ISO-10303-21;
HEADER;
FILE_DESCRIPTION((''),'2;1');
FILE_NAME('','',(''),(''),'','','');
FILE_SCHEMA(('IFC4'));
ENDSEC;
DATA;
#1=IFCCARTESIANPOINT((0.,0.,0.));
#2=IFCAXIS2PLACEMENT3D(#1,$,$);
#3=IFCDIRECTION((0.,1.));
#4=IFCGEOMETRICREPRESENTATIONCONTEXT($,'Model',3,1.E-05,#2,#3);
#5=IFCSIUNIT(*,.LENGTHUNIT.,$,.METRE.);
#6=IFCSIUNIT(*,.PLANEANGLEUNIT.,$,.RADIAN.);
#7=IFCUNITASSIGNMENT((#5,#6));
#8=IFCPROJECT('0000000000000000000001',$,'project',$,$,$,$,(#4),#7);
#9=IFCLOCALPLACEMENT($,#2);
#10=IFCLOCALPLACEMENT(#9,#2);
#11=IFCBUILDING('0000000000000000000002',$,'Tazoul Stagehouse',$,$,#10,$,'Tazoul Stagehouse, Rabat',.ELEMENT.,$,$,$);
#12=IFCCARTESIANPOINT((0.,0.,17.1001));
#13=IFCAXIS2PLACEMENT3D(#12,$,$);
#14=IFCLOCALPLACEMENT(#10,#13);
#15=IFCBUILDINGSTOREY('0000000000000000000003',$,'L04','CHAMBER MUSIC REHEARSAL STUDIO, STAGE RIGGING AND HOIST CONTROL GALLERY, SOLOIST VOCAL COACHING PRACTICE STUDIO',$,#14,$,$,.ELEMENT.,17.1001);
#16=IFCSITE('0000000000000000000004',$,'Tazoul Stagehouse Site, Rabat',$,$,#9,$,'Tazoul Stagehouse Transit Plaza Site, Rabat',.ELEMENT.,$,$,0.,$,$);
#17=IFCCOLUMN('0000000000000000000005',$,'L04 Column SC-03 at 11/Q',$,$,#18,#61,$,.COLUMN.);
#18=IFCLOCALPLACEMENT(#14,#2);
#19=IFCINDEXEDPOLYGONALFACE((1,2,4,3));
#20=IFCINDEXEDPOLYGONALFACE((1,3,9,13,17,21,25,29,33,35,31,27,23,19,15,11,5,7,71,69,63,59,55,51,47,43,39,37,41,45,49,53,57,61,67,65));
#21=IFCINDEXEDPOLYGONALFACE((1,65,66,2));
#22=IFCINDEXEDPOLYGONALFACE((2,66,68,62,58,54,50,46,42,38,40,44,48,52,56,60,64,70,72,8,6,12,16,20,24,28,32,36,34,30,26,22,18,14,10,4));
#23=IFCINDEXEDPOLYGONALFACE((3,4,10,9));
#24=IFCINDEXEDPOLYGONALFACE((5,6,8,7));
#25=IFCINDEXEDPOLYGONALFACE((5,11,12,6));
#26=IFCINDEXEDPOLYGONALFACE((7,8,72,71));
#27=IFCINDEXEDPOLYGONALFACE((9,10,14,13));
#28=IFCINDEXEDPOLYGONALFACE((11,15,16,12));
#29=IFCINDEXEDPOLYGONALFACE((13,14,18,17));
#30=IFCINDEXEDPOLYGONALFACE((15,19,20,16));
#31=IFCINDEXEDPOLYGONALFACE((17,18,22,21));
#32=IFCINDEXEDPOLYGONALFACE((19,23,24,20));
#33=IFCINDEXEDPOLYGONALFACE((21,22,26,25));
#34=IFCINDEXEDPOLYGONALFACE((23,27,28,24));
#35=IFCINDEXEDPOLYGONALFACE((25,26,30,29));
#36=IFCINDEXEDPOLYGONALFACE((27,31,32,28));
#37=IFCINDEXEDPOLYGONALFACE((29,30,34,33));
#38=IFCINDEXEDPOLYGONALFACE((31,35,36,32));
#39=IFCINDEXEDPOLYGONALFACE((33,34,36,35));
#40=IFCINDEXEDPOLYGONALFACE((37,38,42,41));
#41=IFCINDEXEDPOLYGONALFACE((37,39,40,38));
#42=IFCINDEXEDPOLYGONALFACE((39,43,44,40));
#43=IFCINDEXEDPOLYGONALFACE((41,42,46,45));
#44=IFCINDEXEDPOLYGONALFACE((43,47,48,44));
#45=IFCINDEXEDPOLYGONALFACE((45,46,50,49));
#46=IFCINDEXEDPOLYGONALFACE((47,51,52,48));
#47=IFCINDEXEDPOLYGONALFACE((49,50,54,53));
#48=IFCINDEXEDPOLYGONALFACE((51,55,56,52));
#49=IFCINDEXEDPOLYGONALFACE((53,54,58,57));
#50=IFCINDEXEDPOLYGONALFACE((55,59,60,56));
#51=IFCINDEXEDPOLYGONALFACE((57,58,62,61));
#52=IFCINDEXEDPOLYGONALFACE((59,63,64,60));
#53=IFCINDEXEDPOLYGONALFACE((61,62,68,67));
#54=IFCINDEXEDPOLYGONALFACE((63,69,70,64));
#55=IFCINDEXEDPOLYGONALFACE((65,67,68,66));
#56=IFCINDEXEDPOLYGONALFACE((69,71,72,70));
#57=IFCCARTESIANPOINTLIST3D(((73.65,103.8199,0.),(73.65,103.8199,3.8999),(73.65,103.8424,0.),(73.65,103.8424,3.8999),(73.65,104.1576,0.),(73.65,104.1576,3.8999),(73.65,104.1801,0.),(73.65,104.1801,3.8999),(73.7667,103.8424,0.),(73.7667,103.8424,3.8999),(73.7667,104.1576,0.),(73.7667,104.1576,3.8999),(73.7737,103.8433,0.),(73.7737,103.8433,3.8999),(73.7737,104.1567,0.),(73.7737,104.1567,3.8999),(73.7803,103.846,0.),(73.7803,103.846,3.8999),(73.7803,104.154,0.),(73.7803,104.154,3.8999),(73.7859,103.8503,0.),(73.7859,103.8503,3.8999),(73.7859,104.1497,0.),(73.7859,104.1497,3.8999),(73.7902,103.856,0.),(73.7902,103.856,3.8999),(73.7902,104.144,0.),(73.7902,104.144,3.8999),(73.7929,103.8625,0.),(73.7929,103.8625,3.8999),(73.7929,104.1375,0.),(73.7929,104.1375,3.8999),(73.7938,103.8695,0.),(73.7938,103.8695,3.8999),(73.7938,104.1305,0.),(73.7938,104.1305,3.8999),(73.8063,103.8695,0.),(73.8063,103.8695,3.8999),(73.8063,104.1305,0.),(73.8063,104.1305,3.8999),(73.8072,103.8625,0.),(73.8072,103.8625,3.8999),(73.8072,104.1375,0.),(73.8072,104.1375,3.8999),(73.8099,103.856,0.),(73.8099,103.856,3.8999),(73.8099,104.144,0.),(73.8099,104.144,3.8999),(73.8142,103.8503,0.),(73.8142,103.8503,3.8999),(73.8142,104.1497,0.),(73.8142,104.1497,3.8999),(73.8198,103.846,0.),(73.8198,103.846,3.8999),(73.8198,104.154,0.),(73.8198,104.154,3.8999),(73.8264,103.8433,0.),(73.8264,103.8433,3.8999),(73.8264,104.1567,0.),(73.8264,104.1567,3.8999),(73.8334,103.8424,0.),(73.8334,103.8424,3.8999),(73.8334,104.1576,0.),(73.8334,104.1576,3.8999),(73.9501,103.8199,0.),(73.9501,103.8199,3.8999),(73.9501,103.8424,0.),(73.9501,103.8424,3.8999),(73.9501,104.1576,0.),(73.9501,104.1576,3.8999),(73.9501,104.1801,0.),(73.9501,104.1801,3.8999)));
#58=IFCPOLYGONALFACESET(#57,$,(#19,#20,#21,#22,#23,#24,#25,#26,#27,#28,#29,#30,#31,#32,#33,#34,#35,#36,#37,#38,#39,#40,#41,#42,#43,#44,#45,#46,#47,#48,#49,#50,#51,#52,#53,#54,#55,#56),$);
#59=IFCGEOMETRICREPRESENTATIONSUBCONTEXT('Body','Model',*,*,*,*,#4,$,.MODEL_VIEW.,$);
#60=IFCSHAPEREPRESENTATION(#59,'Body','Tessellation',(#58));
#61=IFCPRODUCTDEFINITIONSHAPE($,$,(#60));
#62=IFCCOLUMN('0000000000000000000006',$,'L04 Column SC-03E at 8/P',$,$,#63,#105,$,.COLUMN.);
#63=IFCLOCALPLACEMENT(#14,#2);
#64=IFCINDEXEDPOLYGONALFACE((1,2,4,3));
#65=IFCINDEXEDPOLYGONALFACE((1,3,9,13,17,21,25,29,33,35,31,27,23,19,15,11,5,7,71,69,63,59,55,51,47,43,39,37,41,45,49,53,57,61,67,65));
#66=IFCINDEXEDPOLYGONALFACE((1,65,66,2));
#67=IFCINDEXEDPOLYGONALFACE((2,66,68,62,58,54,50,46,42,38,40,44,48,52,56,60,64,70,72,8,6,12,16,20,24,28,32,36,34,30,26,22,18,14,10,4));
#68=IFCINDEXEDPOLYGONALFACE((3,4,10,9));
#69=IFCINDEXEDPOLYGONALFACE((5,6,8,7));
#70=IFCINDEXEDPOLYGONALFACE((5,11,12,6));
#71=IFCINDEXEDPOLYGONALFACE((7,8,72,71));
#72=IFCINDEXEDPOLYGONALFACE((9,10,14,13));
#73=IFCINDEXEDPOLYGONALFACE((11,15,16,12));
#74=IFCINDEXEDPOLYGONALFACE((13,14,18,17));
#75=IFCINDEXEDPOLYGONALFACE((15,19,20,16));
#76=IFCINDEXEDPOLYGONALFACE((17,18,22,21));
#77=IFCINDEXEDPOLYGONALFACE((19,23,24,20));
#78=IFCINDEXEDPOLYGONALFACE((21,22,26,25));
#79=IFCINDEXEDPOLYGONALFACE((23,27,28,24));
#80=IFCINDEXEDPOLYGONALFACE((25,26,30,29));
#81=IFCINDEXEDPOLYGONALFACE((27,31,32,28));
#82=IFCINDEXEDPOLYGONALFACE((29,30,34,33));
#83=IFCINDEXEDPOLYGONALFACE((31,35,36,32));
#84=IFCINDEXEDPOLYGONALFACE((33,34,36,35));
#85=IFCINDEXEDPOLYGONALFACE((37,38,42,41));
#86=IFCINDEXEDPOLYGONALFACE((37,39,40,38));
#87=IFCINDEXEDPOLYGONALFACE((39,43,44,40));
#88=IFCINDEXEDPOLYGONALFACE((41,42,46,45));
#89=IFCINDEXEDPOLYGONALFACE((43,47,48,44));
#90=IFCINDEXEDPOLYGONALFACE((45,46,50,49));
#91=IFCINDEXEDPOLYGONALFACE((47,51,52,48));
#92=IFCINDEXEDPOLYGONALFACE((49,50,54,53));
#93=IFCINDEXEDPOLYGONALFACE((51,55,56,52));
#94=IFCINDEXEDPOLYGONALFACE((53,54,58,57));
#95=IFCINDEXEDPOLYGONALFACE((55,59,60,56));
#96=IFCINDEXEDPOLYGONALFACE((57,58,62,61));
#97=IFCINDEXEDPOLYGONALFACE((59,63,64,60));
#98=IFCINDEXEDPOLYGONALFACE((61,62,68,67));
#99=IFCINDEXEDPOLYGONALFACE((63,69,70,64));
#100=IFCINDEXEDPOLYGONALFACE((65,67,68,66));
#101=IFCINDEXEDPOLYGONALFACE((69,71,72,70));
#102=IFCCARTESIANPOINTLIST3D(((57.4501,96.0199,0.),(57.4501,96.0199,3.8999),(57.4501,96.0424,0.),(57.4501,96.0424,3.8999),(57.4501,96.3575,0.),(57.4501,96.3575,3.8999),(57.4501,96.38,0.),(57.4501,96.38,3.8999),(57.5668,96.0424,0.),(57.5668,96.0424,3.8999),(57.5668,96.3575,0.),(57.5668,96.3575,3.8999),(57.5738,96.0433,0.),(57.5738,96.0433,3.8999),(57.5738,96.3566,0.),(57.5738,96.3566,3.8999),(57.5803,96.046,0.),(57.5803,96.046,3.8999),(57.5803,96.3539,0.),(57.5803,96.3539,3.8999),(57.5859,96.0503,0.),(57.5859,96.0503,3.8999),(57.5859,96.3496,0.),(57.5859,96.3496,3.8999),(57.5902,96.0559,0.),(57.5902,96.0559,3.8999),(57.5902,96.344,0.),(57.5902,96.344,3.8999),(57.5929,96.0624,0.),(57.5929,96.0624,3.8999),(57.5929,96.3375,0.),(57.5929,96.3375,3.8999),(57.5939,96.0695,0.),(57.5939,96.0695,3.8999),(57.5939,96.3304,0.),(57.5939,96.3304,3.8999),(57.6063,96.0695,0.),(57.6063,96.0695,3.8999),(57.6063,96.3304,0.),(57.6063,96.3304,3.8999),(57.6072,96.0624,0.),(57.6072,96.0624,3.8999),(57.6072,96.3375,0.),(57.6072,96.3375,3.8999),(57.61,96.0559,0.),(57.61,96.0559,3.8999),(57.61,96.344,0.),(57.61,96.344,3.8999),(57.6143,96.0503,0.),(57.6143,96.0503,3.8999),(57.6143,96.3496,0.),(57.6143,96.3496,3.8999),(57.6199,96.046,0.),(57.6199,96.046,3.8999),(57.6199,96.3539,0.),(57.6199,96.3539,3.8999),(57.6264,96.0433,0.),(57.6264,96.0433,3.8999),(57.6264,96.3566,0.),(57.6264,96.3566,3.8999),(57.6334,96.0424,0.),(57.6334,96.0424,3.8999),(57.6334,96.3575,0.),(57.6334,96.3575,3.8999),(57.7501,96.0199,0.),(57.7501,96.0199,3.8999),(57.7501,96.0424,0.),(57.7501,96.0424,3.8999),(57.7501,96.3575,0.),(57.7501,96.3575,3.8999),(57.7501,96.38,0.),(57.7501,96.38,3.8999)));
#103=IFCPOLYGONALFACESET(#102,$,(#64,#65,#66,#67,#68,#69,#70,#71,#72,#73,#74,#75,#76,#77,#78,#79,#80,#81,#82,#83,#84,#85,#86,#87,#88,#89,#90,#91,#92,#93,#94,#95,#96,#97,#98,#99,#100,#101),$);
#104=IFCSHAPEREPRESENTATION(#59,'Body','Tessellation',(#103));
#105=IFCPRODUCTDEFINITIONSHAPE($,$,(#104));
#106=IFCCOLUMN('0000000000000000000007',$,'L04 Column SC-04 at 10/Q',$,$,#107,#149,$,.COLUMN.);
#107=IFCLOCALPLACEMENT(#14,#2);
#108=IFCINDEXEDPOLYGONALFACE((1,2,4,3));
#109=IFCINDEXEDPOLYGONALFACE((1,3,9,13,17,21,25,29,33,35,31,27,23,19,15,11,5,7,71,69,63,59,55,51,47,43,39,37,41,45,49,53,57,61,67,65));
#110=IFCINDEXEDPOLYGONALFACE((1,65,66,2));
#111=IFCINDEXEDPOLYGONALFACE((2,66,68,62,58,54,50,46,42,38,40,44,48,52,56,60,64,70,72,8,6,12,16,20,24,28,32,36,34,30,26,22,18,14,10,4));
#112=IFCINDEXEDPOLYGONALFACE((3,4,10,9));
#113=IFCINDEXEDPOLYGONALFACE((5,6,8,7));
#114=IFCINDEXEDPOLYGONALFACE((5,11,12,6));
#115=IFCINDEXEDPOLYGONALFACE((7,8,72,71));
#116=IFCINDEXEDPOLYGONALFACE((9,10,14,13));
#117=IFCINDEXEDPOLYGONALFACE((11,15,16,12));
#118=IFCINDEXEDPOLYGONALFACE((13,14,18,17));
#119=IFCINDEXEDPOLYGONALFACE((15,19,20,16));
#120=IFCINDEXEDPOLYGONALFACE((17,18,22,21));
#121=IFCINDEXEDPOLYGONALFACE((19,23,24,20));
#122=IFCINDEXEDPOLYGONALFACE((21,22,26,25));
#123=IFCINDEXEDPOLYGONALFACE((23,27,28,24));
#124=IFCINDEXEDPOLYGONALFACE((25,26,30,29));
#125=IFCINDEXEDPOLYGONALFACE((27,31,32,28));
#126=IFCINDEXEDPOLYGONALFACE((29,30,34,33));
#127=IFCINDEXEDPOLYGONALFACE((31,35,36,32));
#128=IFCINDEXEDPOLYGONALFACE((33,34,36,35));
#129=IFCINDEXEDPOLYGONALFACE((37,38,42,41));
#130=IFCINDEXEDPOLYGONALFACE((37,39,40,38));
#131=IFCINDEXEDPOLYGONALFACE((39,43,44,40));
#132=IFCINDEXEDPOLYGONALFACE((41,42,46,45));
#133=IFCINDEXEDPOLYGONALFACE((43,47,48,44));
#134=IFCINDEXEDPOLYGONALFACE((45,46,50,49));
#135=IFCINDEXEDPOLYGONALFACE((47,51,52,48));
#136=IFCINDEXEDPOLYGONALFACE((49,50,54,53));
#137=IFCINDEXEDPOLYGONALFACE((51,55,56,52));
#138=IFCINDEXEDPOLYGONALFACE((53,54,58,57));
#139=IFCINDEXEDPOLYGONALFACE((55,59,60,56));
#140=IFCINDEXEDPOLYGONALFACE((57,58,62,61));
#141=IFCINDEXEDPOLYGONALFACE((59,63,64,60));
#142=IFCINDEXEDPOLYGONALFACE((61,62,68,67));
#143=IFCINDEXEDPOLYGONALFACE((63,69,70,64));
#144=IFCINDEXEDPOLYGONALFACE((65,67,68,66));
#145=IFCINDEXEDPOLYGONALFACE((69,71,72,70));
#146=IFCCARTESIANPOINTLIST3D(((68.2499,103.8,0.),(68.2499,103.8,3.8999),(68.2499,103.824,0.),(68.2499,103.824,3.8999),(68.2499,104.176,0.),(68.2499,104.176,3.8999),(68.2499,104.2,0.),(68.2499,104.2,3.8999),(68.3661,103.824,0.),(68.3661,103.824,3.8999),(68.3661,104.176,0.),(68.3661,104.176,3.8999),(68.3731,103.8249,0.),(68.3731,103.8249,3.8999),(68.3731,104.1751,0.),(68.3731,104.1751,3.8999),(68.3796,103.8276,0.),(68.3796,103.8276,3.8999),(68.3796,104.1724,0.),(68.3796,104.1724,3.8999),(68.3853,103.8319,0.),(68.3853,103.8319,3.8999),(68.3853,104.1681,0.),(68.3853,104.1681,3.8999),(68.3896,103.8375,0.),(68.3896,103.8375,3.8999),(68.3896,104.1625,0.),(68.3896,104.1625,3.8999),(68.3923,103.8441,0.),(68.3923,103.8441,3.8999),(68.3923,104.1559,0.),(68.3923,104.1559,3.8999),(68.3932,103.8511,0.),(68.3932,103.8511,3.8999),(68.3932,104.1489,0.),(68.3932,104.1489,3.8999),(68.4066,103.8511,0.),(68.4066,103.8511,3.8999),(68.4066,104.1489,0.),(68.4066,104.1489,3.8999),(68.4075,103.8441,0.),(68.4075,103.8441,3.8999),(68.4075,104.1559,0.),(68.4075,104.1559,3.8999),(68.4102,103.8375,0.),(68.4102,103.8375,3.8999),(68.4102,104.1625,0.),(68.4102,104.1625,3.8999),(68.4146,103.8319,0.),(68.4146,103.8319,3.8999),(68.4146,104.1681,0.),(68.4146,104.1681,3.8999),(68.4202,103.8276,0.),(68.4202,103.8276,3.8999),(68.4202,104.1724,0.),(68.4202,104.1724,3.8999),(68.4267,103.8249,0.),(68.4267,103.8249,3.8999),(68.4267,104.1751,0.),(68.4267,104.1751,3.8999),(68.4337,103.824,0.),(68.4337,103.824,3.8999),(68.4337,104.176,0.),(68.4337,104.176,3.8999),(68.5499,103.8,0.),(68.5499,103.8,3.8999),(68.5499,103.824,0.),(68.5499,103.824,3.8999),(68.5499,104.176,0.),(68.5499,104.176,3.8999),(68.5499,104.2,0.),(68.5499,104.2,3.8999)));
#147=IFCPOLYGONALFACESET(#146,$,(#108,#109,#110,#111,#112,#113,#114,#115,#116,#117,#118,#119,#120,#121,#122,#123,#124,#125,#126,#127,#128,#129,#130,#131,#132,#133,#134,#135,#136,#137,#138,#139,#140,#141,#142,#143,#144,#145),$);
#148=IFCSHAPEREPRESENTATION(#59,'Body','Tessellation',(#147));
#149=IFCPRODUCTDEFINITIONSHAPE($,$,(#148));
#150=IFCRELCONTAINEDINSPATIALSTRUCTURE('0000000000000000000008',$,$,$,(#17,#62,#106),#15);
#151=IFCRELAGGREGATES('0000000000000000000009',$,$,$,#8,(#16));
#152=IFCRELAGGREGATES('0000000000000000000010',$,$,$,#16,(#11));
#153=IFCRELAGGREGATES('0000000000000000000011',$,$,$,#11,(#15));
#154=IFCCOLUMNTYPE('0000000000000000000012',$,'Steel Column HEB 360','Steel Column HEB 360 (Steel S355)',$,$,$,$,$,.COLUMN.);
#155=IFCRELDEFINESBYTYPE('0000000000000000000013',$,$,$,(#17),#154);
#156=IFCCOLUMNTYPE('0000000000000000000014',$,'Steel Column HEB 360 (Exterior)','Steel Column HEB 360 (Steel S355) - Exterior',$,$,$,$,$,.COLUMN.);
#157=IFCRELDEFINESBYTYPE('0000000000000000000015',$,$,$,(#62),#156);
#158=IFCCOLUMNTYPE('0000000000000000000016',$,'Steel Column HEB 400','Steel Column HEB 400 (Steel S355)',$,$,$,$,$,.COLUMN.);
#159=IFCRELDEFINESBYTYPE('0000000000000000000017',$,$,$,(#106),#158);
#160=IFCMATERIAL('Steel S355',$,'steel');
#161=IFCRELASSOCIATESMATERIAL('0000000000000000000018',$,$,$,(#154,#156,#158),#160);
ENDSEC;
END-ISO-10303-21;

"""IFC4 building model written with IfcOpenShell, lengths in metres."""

from ifc_helpers import new_model, si_unit, direction, frame, origin, origin_2d, place, context, subcontext, project, spatial, i_section, extrude, material, material_profile, profile_set, type_object, element, save


model = new_model("IFC4")

# Units and contexts
model_context = context("Model", 3, precision=1e-05, world=origin(), true_north=direction((0.0, 1.0)))
body_context = subcontext(model_context, "Body", "Model", "MODEL_VIEW")
ifc_project = project(units=[si_unit("LENGTHUNIT", "METRE"), si_unit("PLANEANGLEUNIT", "RADIAN")], contexts=[model_context])

# Site, building, storey
site_placement = place(None, origin())
site = spatial("IfcSite", under=ifc_project, at=site_placement, Name="Tazoul Stagehouse Site, Rabat", LongName="Tazoul Stagehouse Transit Plaza Site, Rabat", CompositionType="ELEMENT", RefElevation=0.0)
building_placement = place(site_placement, origin())
building = spatial("IfcBuilding", under=site, at=building_placement, Name="Tazoul Stagehouse", LongName="Tazoul Stagehouse, Rabat", CompositionType="ELEMENT")
storey_placement = place(building_placement, frame((0.0, 0.0, 17.1001)))
storey = spatial("IfcBuildingStorey", under=building, at=storey_placement, Name="L04", Description="CHAMBER MUSIC REHEARSAL STUDIO, STAGE RIGGING AND HOIST CONTROL GALLERY, SOLOIST VOCAL COACHING PRACTICE STUDIO", CompositionType="ELEMENT", Elevation=17.1001)

# Columns
ifc_material_1 = material(Name="Steel S355", Category="steel")
ifc_material_profile_1 = material_profile(ifc_material_1, i_section(OverallWidth=0.3, OverallDepth=0.3601, WebThickness=0.0125, FlangeThickness=0.0225, FilletRadius=0.0271, at=origin_2d()), Name="HEB 360")
ifc_profile_set_1 = profile_set([ifc_material_profile_1], Name="Steel S355")
column_type_1 = type_object("IfcColumnType", Name="Steel Column HEB 360", Description="Steel Column HEB 360 (Steel S355)", PredefinedType="COLUMN", material=ifc_profile_set_1)
column_1_placement = place(storey_placement, frame((73.8, 104.0, 0.0), z_axis=(0.0, 0.0, 1.0), x_axis=(1.0, 0.0, 0.0)))
element("IfcColumn", 1, at=column_1_placement, inside=storey, type_object=column_type_1, Name="L04 Column SC-03 at 11/Q", PredefinedType="COLUMN", context=body_context, shape_type="SweptSolid", body=[
    extrude(i_section(OverallWidth=0.3, OverallDepth=0.3601, WebThickness=0.0125, FlangeThickness=0.0225, FilletRadius=0.0271, at=origin_2d()), origin(), (0.0, 0.0, 1.0), 3.8999),
])
ifc_material_profile_2 = material_profile(ifc_material_1, i_section(OverallWidth=0.3, OverallDepth=0.3601, WebThickness=0.0125, FlangeThickness=0.0225, FilletRadius=0.0271, at=origin_2d()), Name="HEB 360")
ifc_profile_set_2 = profile_set([ifc_material_profile_2], Name="Steel S355")
column_type_2 = type_object("IfcColumnType", Name="Steel Column HEB 360 (Exterior)", Description="Steel Column HEB 360 (Steel S355) - Exterior", PredefinedType="COLUMN", material=ifc_profile_set_2)
column_2_placement = place(storey_placement, frame((57.6001, 96.2, 0.0), z_axis=(0.0, 0.0, 1.0), x_axis=(1.0, 0.0, 0.0)))
element("IfcColumn", 2, at=column_2_placement, inside=storey, type_object=column_type_2, Name="L04 Column SC-03E at 8/P", PredefinedType="COLUMN", context=body_context, shape_type="SweptSolid", body=[
    extrude(i_section(OverallWidth=0.3, OverallDepth=0.3601, WebThickness=0.0125, FlangeThickness=0.0225, FilletRadius=0.0271, at=origin_2d()), origin(), (0.0, 0.0, 1.0), 3.8999),
])
ifc_material_profile_3 = material_profile(ifc_material_1, i_section(OverallWidth=0.3, OverallDepth=0.3999, WebThickness=0.0134, FlangeThickness=0.0239, FilletRadius=0.0271, at=origin_2d()), Name="HEB 400")
ifc_profile_set_3 = profile_set([ifc_material_profile_3], Name="Steel S355")
column_type_3 = type_object("IfcColumnType", Name="Steel Column HEB 400", Description="Steel Column HEB 400 (Steel S355)", PredefinedType="COLUMN", material=ifc_profile_set_3)
column_3_placement = place(storey_placement, frame((68.3999, 104.0, 0.0), z_axis=(0.0, 0.0, 1.0), x_axis=(1.0, 0.0, 0.0)))
element("IfcColumn", 3, at=column_3_placement, inside=storey, type_object=column_type_3, Name="L04 Column SC-04 at 10/Q", PredefinedType="COLUMN", context=body_context, shape_type="SweptSolid", body=[
    extrude(i_section(OverallWidth=0.3, OverallDepth=0.3999, WebThickness=0.0134, FlangeThickness=0.0239, FilletRadius=0.0271, at=origin_2d()), origin(), (0.0, 0.0, 1.0), 3.8999),
])

save(model, "model.ifc")
